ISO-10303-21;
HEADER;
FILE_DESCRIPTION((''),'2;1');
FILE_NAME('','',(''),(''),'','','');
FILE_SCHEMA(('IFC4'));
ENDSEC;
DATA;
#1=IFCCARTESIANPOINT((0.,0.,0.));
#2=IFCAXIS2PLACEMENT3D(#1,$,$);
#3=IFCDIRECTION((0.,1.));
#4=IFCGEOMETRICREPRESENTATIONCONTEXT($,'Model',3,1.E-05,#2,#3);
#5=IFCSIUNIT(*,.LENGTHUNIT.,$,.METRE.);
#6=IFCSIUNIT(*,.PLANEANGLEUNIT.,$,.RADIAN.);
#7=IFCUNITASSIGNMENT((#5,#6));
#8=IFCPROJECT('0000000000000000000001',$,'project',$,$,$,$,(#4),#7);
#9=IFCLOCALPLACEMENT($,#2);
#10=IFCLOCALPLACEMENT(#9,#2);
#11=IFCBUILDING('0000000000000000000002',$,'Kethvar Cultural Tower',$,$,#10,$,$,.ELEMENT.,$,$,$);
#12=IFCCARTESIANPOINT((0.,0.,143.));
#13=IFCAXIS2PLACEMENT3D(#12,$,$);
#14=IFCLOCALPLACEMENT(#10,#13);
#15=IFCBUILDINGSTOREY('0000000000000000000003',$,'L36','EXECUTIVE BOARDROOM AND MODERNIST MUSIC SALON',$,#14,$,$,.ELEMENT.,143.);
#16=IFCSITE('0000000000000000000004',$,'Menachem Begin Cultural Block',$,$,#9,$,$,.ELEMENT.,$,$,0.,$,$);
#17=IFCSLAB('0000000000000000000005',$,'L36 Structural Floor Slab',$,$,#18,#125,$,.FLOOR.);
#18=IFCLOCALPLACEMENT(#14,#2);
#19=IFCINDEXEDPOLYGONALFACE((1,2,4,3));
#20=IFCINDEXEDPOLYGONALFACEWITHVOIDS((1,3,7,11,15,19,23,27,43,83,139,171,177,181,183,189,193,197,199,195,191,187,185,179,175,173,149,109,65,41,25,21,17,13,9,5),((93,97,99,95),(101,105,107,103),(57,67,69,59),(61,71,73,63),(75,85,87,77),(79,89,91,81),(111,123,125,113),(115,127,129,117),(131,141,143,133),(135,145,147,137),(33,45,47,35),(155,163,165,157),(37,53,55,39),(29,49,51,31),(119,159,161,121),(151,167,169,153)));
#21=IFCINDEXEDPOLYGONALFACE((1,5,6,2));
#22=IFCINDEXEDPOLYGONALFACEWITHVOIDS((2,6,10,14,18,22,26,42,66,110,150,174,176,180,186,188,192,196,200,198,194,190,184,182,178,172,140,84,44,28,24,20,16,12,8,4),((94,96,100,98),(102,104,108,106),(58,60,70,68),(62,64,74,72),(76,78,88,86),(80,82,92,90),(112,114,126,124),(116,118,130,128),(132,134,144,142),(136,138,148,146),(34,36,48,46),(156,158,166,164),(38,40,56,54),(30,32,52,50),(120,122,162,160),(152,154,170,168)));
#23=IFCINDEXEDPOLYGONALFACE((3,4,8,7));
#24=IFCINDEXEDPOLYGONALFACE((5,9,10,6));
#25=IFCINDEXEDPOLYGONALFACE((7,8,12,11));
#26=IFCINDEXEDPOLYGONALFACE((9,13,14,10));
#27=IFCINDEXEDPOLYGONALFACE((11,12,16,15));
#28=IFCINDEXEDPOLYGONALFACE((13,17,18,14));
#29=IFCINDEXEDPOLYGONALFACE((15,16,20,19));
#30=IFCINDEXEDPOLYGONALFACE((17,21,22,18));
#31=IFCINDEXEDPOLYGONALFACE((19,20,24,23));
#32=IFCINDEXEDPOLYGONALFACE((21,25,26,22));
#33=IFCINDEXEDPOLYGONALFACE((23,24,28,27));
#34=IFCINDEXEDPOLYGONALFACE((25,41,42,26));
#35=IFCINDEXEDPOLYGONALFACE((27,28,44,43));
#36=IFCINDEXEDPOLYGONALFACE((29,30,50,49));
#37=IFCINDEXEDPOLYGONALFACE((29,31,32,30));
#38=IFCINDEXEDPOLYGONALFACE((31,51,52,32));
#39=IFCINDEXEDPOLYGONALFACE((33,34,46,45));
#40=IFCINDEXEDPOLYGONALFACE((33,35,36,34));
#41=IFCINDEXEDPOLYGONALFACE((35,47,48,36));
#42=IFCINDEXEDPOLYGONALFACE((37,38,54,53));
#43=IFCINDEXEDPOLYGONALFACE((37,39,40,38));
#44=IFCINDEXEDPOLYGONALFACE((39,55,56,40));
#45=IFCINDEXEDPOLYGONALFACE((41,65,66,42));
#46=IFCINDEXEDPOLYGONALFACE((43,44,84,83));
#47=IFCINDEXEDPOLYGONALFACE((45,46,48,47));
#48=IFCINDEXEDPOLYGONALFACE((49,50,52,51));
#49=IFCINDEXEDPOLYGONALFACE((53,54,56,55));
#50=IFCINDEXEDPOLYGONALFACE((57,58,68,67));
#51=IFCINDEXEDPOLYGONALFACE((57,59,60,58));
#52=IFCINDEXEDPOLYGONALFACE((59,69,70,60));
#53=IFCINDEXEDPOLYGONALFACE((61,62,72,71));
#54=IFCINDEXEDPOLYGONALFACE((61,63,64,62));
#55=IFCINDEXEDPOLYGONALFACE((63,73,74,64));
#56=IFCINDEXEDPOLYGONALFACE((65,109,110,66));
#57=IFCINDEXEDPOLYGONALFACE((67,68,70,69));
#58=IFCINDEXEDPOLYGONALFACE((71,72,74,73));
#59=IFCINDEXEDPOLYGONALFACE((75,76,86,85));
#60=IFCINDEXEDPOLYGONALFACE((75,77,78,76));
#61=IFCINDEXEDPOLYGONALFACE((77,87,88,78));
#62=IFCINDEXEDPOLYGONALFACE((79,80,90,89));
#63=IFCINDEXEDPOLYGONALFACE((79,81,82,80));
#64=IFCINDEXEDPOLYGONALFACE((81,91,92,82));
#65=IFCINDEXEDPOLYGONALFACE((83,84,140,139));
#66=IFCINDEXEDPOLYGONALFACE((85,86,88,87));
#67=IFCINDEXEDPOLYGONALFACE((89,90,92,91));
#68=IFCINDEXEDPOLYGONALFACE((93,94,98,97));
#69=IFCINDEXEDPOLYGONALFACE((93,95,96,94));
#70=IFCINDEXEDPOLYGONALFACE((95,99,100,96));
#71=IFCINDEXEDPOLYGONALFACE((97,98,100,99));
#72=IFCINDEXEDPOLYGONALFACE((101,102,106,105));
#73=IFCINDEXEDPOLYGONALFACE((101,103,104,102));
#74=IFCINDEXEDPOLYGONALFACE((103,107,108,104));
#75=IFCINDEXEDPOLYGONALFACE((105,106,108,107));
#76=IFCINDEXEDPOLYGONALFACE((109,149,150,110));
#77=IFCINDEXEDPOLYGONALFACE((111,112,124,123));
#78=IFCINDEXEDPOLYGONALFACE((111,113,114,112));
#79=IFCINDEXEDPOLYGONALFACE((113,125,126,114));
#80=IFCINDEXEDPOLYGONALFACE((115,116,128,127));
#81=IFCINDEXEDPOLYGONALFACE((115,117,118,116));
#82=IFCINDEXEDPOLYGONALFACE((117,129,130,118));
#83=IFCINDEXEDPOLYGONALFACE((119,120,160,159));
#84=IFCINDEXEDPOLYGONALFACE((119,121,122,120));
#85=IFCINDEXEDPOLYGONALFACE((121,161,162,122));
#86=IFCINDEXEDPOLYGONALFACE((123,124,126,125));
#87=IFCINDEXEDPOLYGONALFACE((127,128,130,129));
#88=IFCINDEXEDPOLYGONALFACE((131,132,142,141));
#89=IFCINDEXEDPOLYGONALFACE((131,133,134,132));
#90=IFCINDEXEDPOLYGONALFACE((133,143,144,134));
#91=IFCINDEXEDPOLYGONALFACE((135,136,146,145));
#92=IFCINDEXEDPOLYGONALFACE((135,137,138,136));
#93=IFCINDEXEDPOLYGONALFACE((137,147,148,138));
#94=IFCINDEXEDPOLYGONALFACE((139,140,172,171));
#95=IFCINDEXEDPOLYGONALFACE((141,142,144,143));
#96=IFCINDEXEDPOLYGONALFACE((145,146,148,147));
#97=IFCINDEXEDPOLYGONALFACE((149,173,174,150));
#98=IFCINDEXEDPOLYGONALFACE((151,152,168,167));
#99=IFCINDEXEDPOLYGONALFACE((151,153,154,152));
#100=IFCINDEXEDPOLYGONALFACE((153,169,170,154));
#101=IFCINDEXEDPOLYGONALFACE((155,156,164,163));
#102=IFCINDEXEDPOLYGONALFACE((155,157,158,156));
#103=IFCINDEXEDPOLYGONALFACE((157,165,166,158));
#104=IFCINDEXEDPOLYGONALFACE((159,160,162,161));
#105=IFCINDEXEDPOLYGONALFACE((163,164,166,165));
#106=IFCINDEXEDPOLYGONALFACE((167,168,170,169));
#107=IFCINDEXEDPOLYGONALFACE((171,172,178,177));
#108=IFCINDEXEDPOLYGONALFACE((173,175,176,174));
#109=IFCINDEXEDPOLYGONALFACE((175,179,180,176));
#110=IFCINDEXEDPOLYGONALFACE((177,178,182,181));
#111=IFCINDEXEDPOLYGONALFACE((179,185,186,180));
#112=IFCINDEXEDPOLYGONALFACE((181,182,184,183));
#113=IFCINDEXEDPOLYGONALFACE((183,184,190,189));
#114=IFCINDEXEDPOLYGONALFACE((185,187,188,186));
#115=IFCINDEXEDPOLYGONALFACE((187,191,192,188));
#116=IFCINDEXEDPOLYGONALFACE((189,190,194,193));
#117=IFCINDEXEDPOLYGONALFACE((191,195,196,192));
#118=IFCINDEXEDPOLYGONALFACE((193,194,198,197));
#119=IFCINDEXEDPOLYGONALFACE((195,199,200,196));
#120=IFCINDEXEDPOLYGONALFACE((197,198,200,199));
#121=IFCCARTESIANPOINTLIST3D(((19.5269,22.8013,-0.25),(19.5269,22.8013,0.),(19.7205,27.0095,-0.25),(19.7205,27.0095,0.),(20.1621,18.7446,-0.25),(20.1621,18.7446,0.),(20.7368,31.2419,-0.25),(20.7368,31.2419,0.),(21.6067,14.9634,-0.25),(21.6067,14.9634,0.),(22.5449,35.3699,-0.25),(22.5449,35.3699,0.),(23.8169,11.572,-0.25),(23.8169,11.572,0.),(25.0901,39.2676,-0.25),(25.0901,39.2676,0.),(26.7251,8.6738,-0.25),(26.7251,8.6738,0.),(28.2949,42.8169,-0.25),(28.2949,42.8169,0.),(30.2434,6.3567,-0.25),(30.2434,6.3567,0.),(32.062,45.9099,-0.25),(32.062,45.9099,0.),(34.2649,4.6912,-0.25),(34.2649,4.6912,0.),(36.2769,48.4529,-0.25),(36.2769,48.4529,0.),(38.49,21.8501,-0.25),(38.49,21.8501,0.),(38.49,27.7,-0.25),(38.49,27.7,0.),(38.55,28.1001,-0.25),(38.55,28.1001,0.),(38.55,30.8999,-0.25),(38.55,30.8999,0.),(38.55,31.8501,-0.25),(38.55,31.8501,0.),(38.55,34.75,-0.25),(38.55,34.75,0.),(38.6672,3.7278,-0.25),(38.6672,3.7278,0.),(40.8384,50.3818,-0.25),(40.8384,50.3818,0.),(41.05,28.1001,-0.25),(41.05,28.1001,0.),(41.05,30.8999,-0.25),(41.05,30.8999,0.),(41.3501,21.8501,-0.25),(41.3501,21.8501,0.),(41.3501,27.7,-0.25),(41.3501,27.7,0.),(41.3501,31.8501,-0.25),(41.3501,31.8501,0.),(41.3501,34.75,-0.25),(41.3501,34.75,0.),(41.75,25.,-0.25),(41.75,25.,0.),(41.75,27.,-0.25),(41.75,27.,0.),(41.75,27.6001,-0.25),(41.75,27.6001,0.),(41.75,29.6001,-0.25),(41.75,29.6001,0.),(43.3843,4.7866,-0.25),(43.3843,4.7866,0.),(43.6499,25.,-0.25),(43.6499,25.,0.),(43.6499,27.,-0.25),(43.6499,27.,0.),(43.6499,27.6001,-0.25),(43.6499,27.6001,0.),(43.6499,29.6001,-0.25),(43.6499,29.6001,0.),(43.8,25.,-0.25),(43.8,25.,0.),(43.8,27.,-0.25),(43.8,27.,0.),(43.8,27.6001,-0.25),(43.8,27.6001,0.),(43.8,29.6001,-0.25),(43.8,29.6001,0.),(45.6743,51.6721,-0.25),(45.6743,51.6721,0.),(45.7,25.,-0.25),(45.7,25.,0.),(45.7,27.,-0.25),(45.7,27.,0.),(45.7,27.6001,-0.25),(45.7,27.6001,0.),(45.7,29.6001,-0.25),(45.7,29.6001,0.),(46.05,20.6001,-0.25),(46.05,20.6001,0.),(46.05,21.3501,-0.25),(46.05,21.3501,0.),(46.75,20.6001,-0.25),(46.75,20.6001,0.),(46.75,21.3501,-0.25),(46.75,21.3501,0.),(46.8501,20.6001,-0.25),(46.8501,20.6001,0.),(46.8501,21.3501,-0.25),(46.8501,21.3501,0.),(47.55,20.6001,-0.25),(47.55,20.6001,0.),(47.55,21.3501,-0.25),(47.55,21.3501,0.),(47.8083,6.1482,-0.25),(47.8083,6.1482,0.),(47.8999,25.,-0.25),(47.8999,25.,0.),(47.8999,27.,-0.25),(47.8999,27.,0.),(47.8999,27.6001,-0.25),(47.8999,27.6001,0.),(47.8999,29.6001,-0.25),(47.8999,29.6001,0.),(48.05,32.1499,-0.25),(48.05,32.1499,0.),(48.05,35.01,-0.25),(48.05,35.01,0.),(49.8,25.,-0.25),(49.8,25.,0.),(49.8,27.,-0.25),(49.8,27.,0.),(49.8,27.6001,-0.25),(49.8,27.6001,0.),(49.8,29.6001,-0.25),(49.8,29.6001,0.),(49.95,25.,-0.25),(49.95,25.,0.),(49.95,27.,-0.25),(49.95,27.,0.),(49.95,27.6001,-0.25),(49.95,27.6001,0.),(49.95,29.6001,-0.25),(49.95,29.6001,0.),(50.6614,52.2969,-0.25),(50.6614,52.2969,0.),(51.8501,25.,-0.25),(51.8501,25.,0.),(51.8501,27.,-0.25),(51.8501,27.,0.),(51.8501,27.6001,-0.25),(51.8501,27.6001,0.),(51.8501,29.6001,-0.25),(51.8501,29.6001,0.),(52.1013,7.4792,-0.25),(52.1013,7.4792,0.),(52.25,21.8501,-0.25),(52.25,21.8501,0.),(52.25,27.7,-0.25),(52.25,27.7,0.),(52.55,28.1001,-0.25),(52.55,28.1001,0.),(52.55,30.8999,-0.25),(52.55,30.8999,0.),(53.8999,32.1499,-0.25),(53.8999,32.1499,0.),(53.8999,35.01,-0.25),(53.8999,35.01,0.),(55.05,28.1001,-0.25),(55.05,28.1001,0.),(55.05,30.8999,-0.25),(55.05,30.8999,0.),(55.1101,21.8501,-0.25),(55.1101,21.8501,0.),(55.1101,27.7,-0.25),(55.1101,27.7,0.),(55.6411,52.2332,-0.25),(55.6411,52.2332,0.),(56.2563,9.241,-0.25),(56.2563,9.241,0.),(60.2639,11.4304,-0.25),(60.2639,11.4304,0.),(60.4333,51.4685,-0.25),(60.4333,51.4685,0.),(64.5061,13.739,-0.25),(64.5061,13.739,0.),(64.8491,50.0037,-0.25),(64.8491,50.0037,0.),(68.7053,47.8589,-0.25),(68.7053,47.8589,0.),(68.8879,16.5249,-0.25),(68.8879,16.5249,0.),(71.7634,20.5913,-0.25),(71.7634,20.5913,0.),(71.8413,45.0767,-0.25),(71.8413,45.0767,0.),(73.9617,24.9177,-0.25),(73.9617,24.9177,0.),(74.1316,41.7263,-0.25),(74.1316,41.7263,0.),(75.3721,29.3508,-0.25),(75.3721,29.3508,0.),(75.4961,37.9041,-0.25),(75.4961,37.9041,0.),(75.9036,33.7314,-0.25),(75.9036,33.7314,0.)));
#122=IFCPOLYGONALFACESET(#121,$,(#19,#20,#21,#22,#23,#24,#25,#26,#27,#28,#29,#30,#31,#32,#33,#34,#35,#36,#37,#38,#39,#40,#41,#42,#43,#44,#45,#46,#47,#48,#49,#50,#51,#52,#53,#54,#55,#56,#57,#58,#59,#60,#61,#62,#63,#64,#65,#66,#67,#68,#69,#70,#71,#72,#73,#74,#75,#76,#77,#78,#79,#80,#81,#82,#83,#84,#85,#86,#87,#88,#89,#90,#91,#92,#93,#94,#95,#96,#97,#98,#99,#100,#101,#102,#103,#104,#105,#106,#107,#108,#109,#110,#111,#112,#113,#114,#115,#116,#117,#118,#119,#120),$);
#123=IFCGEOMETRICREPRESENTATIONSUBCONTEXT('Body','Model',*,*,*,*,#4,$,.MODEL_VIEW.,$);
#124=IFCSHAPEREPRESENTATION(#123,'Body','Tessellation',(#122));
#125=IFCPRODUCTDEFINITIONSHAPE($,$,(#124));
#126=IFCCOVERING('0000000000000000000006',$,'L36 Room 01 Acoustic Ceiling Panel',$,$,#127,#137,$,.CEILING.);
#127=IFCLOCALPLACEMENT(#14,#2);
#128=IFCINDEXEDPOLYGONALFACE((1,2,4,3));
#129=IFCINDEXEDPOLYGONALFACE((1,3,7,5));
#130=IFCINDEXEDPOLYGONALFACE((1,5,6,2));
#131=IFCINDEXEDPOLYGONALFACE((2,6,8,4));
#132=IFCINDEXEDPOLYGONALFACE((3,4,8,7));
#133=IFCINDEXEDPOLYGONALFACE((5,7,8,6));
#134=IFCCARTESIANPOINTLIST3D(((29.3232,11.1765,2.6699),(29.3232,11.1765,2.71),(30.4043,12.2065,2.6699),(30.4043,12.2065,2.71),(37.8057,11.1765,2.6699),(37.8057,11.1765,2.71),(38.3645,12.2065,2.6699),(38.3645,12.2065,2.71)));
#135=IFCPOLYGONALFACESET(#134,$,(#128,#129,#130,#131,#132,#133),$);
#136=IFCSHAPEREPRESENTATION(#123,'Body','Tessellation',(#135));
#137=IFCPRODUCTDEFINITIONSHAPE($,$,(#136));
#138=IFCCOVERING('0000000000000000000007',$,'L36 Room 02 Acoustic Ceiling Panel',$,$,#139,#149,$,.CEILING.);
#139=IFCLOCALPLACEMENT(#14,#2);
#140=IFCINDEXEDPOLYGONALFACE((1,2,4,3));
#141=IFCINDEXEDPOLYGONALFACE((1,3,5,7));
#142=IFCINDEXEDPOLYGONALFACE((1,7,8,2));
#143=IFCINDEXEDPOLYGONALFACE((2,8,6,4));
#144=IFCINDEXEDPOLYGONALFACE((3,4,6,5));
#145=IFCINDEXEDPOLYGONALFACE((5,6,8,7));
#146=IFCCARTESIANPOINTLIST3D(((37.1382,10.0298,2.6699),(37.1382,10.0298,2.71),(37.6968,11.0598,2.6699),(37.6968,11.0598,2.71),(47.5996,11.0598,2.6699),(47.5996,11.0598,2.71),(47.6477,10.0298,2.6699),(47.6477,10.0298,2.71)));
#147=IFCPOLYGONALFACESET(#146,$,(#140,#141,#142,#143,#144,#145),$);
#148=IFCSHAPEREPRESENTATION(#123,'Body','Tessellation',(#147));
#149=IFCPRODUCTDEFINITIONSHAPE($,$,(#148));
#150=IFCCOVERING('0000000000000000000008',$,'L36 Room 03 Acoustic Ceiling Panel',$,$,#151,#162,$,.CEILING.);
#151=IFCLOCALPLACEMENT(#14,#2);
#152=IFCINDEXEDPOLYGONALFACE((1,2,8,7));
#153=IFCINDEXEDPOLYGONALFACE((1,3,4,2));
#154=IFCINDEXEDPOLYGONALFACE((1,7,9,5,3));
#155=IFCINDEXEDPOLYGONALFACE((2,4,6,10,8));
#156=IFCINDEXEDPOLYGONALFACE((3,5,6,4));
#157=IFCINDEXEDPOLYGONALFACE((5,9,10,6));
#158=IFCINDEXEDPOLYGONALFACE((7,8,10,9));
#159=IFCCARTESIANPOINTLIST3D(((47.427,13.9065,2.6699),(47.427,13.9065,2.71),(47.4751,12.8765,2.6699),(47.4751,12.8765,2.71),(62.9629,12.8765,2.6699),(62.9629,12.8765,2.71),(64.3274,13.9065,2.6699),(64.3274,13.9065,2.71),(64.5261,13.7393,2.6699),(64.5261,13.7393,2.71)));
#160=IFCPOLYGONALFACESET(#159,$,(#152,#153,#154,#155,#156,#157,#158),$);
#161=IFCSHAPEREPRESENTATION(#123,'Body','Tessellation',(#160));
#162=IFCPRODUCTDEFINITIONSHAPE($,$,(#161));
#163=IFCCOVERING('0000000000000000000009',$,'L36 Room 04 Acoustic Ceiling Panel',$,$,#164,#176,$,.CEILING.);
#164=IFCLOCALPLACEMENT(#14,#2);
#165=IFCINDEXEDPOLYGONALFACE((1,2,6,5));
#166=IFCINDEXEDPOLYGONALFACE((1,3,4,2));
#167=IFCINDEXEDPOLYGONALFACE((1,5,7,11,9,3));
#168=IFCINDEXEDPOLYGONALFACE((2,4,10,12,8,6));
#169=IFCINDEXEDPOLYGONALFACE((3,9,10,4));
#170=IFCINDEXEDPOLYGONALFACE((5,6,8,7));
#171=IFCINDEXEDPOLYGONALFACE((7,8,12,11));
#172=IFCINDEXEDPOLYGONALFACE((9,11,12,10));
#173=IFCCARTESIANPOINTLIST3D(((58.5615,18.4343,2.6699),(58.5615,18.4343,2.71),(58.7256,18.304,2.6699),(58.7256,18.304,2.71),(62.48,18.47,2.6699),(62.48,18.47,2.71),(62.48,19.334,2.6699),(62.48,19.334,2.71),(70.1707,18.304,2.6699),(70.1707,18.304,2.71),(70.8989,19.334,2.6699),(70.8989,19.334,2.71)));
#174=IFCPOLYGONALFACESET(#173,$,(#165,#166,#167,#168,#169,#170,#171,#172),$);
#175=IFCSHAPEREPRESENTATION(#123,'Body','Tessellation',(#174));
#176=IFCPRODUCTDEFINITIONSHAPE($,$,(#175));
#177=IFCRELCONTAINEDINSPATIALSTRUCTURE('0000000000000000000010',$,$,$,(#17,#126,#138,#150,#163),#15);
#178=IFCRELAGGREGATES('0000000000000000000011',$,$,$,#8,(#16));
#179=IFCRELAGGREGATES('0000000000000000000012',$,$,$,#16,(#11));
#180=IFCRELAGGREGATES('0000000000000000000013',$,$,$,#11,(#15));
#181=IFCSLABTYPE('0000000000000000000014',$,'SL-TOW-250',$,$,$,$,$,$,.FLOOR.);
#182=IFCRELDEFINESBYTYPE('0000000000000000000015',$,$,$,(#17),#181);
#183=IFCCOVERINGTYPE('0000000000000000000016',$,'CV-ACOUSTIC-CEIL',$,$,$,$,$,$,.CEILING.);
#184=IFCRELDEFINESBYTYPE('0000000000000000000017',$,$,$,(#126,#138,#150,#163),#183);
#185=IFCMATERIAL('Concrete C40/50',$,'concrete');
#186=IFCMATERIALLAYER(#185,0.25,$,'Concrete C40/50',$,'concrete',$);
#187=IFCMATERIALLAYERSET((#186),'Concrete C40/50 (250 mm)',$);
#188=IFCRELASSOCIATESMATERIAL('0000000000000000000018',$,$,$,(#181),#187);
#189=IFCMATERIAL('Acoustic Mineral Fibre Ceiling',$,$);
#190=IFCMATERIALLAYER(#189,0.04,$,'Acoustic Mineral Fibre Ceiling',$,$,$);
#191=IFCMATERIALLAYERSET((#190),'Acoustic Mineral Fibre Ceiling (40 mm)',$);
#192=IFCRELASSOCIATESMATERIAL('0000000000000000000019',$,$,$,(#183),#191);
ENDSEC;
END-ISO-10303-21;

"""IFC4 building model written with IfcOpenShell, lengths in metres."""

from ifc_helpers import new_model, si_unit, direction, frame, origin, place, context, subcontext, project, spatial, polyline, outline, extrude, material, layer, layer_set, type_object, element, save


model = new_model("IFC4")

# Units and contexts
model_context = context("Model", 3, precision=1e-05, world=origin(), true_north=direction((0.0, 1.0)))
body_context = subcontext(model_context, "Body", "Model", "MODEL_VIEW")
ifc_project = project(units=[si_unit("LENGTHUNIT", "METRE"), si_unit("PLANEANGLEUNIT", "RADIAN")], contexts=[model_context])

# Site, building, storey
site_placement = place(None, origin())
site = spatial("IfcSite", under=ifc_project, at=site_placement, Name="Menachem Begin Cultural Block", CompositionType="ELEMENT", RefElevation=0.0)
building_placement = place(site_placement, origin())
building = spatial("IfcBuilding", under=site, at=building_placement, Name="Kethvar Cultural Tower", CompositionType="ELEMENT")
storey_placement = place(building_placement, frame((0.0, 0.0, 143.0)))
storey = spatial("IfcBuildingStorey", under=building, at=storey_placement, Name="L36", Description="EXECUTIVE BOARDROOM AND MODERNIST MUSIC SALON", CompositionType="ELEMENT", Elevation=143.0)

# Shared definitions
ifc_material_1 = material(Name="Concrete C40/50", Category="concrete")

# Slab
ifc_layer_1 = layer(ifc_material_1, 0.25, Name="Concrete C40/50", Category="concrete")
ifc_layer_set_1 = layer_set([ifc_layer_1], Name="Concrete C40/50 (250 mm)")
slab_type_1 = type_object("IfcSlabType", Name="SL-TOW-250", PredefinedType="FLOOR", material=ifc_layer_set_1)
slab_1_placement = place(storey_placement, frame((0.0, 0.0, -0.25)))
element("IfcSlab", 1, at=slab_1_placement, inside=storey, type_object=slab_type_1, Name="L36 Structural Floor Slab", PredefinedType="FLOOR", context=body_context, shape_type="SweptSolid", body=[
    extrude(outline(polyline([(74.1316, 41.7263), (71.8413, 45.0767), (68.7053, 47.8589), (64.8491, 50.0037), (60.4333, 51.4685), (55.6411, 52.2332), (50.6614, 52.2969), (45.6743, 51.6721), (40.8384, 50.3818), (36.2769, 48.4529), (32.062, 45.9099), (28.2949, 42.8169), (25.0901, 39.2676), (22.5449, 35.3699), (20.7368, 31.2419), (19.7205, 27.0095), (19.5269, 22.8013), (20.1621, 18.7446), (21.6067, 14.9634), (23.8169, 11.572), (26.7251, 8.6738), (30.2434, 6.3567), (34.2649, 4.6912), (38.6672, 3.7278), (43.3843, 4.7866), (47.8083, 6.1482), (52.1013, 7.4792), (56.2563, 9.241), (60.2639, 11.4304), (64.5061, 13.739), (68.8879, 16.5249), (71.7634, 20.5913), (73.9617, 24.9177), (75.3721, 29.3508), (75.9036, 33.7314), (75.4961, 37.9041), (74.1316, 41.7263)]), holes=[polyline([(38.49, 21.8501), (38.49, 27.7), (41.3501, 27.7), (41.3501, 21.8501), (38.49, 21.8501)]), polyline([(52.25, 21.8501), (52.25, 27.7), (55.1101, 27.7), (55.1101, 21.8501), (52.25, 21.8501)]), polyline([(53.8999, 32.1499), (48.05, 32.1499), (48.05, 35.01), (53.8999, 35.01), (53.8999, 32.1499)]), polyline([(41.75, 27.0), (43.6499, 27.0), (43.6499, 25.0), (41.75, 25.0), (41.75, 27.0)]), polyline([(43.8, 27.0), (45.7, 27.0), (45.7, 25.0), (43.8, 25.0), (43.8, 27.0)]), polyline([(47.8999, 27.0), (49.8, 27.0), (49.8, 25.0), (47.8999, 25.0), (47.8999, 27.0)]), polyline([(49.95, 27.0), (51.8501, 27.0), (51.8501, 25.0), (49.95, 25.0), (49.95, 27.0)]), polyline([(41.75, 29.6001), (43.6499, 29.6001), (43.6499, 27.6001), (41.75, 27.6001), (41.75, 29.6001)]), polyline([(43.8, 29.6001), (45.7, 29.6001), (45.7, 27.6001), (43.8, 27.6001), (43.8, 29.6001)]), polyline([(47.8999, 29.6001), (49.8, 29.6001), (49.8, 27.6001), (47.8999, 27.6001), (47.8999, 29.6001)]), polyline([(49.95, 29.6001), (51.8501, 29.6001), (51.8501, 27.6001), (49.95, 27.6001), (49.95, 29.6001)]), polyline([(38.55, 30.8999), (41.05, 30.8999), (41.05, 28.1001), (38.55, 28.1001), (38.55, 30.8999)]), polyline([(52.55, 30.8999), (55.05, 30.8999), (55.05, 28.1001), (52.55, 28.1001), (52.55, 30.8999)]), polyline([(38.55, 34.75), (41.3501, 34.75), (41.3501, 31.8501), (38.55, 31.8501), (38.55, 34.75)]), polyline([(46.05, 21.3501), (46.75, 21.3501), (46.75, 20.6001), (46.05, 20.6001), (46.05, 21.3501)]), polyline([(46.8501, 21.3501), (47.55, 21.3501), (47.55, 20.6001), (46.8501, 20.6001), (46.8501, 21.3501)])]), origin(), (0.0, 0.0, 1.0), 0.25),
])

# Coverings
ifc_material_2 = material(Name="Acoustic Mineral Fibre Ceiling")
ifc_layer_2 = layer(ifc_material_2, 0.04, Name="Acoustic Mineral Fibre Ceiling")
ifc_layer_set_2 = layer_set([ifc_layer_2], Name="Acoustic Mineral Fibre Ceiling (40 mm)")
covering_type_1 = type_object("IfcCoveringType", Name="CV-ACOUSTIC-CEIL", PredefinedType="CEILING", material=ifc_layer_set_2)
covering_1_placement = place(storey_placement, frame((0.0, 0.0, 2.6699)))
element("IfcCovering", 2, at=covering_1_placement, inside=storey, type_object=covering_type_1, Name="L36 Room 01 Acoustic Ceiling Panel", PredefinedType="CEILING", context=body_context, shape_type="SweptSolid", body=[
    extrude(outline(polyline([(30.4043, 12.2065), (38.3645, 12.2065), (37.8057, 11.1765), (29.3232, 11.1765), (30.4043, 12.2065)])), origin(), (0.0, 0.0, 1.0), 0.04),
])
covering_2_placement = place(storey_placement, frame((0.0, 0.0, 2.6699)))
element("IfcCovering", 3, at=covering_2_placement, inside=storey, type_object=covering_type_1, Name="L36 Room 02 Acoustic Ceiling Panel", PredefinedType="CEILING", context=body_context, shape_type="SweptSolid", body=[
    extrude(outline(polyline([(37.6968, 11.0598), (47.5996, 11.0598), (47.6477, 10.0298), (37.1382, 10.0298), (37.6968, 11.0598)])), origin(), (0.0, 0.0, 1.0), 0.04),
])
covering_3_placement = place(storey_placement, frame((0.0, 0.0, 2.6699)))
element("IfcCovering", 4, at=covering_3_placement, inside=storey, type_object=covering_type_1, Name="L36 Room 03 Acoustic Ceiling Panel", PredefinedType="CEILING", context=body_context, shape_type="SweptSolid", body=[
    extrude(outline(polyline([(47.427, 13.9065), (64.3274, 13.9065), (64.5261, 13.7393), (62.9629, 12.8765), (47.4751, 12.8765), (47.427, 13.9065)])), origin(), (0.0, 0.0, 1.0), 0.04),
])
covering_4_placement = place(storey_placement, frame((0.0, 0.0, 2.6699)))
element("IfcCovering", 5, at=covering_4_placement, inside=storey, type_object=covering_type_1, Name="L36 Room 04 Acoustic Ceiling Panel", PredefinedType="CEILING", context=body_context, shape_type="SweptSolid", body=[
    extrude(outline(polyline([(58.5615, 18.4343), (62.48, 18.47), (62.48, 19.334), (70.8989, 19.334), (70.1707, 18.304), (58.7256, 18.304), (58.5615, 18.4343)])), origin(), (0.0, 0.0, 1.0), 0.04),
])

save(model, "model.ifc")
